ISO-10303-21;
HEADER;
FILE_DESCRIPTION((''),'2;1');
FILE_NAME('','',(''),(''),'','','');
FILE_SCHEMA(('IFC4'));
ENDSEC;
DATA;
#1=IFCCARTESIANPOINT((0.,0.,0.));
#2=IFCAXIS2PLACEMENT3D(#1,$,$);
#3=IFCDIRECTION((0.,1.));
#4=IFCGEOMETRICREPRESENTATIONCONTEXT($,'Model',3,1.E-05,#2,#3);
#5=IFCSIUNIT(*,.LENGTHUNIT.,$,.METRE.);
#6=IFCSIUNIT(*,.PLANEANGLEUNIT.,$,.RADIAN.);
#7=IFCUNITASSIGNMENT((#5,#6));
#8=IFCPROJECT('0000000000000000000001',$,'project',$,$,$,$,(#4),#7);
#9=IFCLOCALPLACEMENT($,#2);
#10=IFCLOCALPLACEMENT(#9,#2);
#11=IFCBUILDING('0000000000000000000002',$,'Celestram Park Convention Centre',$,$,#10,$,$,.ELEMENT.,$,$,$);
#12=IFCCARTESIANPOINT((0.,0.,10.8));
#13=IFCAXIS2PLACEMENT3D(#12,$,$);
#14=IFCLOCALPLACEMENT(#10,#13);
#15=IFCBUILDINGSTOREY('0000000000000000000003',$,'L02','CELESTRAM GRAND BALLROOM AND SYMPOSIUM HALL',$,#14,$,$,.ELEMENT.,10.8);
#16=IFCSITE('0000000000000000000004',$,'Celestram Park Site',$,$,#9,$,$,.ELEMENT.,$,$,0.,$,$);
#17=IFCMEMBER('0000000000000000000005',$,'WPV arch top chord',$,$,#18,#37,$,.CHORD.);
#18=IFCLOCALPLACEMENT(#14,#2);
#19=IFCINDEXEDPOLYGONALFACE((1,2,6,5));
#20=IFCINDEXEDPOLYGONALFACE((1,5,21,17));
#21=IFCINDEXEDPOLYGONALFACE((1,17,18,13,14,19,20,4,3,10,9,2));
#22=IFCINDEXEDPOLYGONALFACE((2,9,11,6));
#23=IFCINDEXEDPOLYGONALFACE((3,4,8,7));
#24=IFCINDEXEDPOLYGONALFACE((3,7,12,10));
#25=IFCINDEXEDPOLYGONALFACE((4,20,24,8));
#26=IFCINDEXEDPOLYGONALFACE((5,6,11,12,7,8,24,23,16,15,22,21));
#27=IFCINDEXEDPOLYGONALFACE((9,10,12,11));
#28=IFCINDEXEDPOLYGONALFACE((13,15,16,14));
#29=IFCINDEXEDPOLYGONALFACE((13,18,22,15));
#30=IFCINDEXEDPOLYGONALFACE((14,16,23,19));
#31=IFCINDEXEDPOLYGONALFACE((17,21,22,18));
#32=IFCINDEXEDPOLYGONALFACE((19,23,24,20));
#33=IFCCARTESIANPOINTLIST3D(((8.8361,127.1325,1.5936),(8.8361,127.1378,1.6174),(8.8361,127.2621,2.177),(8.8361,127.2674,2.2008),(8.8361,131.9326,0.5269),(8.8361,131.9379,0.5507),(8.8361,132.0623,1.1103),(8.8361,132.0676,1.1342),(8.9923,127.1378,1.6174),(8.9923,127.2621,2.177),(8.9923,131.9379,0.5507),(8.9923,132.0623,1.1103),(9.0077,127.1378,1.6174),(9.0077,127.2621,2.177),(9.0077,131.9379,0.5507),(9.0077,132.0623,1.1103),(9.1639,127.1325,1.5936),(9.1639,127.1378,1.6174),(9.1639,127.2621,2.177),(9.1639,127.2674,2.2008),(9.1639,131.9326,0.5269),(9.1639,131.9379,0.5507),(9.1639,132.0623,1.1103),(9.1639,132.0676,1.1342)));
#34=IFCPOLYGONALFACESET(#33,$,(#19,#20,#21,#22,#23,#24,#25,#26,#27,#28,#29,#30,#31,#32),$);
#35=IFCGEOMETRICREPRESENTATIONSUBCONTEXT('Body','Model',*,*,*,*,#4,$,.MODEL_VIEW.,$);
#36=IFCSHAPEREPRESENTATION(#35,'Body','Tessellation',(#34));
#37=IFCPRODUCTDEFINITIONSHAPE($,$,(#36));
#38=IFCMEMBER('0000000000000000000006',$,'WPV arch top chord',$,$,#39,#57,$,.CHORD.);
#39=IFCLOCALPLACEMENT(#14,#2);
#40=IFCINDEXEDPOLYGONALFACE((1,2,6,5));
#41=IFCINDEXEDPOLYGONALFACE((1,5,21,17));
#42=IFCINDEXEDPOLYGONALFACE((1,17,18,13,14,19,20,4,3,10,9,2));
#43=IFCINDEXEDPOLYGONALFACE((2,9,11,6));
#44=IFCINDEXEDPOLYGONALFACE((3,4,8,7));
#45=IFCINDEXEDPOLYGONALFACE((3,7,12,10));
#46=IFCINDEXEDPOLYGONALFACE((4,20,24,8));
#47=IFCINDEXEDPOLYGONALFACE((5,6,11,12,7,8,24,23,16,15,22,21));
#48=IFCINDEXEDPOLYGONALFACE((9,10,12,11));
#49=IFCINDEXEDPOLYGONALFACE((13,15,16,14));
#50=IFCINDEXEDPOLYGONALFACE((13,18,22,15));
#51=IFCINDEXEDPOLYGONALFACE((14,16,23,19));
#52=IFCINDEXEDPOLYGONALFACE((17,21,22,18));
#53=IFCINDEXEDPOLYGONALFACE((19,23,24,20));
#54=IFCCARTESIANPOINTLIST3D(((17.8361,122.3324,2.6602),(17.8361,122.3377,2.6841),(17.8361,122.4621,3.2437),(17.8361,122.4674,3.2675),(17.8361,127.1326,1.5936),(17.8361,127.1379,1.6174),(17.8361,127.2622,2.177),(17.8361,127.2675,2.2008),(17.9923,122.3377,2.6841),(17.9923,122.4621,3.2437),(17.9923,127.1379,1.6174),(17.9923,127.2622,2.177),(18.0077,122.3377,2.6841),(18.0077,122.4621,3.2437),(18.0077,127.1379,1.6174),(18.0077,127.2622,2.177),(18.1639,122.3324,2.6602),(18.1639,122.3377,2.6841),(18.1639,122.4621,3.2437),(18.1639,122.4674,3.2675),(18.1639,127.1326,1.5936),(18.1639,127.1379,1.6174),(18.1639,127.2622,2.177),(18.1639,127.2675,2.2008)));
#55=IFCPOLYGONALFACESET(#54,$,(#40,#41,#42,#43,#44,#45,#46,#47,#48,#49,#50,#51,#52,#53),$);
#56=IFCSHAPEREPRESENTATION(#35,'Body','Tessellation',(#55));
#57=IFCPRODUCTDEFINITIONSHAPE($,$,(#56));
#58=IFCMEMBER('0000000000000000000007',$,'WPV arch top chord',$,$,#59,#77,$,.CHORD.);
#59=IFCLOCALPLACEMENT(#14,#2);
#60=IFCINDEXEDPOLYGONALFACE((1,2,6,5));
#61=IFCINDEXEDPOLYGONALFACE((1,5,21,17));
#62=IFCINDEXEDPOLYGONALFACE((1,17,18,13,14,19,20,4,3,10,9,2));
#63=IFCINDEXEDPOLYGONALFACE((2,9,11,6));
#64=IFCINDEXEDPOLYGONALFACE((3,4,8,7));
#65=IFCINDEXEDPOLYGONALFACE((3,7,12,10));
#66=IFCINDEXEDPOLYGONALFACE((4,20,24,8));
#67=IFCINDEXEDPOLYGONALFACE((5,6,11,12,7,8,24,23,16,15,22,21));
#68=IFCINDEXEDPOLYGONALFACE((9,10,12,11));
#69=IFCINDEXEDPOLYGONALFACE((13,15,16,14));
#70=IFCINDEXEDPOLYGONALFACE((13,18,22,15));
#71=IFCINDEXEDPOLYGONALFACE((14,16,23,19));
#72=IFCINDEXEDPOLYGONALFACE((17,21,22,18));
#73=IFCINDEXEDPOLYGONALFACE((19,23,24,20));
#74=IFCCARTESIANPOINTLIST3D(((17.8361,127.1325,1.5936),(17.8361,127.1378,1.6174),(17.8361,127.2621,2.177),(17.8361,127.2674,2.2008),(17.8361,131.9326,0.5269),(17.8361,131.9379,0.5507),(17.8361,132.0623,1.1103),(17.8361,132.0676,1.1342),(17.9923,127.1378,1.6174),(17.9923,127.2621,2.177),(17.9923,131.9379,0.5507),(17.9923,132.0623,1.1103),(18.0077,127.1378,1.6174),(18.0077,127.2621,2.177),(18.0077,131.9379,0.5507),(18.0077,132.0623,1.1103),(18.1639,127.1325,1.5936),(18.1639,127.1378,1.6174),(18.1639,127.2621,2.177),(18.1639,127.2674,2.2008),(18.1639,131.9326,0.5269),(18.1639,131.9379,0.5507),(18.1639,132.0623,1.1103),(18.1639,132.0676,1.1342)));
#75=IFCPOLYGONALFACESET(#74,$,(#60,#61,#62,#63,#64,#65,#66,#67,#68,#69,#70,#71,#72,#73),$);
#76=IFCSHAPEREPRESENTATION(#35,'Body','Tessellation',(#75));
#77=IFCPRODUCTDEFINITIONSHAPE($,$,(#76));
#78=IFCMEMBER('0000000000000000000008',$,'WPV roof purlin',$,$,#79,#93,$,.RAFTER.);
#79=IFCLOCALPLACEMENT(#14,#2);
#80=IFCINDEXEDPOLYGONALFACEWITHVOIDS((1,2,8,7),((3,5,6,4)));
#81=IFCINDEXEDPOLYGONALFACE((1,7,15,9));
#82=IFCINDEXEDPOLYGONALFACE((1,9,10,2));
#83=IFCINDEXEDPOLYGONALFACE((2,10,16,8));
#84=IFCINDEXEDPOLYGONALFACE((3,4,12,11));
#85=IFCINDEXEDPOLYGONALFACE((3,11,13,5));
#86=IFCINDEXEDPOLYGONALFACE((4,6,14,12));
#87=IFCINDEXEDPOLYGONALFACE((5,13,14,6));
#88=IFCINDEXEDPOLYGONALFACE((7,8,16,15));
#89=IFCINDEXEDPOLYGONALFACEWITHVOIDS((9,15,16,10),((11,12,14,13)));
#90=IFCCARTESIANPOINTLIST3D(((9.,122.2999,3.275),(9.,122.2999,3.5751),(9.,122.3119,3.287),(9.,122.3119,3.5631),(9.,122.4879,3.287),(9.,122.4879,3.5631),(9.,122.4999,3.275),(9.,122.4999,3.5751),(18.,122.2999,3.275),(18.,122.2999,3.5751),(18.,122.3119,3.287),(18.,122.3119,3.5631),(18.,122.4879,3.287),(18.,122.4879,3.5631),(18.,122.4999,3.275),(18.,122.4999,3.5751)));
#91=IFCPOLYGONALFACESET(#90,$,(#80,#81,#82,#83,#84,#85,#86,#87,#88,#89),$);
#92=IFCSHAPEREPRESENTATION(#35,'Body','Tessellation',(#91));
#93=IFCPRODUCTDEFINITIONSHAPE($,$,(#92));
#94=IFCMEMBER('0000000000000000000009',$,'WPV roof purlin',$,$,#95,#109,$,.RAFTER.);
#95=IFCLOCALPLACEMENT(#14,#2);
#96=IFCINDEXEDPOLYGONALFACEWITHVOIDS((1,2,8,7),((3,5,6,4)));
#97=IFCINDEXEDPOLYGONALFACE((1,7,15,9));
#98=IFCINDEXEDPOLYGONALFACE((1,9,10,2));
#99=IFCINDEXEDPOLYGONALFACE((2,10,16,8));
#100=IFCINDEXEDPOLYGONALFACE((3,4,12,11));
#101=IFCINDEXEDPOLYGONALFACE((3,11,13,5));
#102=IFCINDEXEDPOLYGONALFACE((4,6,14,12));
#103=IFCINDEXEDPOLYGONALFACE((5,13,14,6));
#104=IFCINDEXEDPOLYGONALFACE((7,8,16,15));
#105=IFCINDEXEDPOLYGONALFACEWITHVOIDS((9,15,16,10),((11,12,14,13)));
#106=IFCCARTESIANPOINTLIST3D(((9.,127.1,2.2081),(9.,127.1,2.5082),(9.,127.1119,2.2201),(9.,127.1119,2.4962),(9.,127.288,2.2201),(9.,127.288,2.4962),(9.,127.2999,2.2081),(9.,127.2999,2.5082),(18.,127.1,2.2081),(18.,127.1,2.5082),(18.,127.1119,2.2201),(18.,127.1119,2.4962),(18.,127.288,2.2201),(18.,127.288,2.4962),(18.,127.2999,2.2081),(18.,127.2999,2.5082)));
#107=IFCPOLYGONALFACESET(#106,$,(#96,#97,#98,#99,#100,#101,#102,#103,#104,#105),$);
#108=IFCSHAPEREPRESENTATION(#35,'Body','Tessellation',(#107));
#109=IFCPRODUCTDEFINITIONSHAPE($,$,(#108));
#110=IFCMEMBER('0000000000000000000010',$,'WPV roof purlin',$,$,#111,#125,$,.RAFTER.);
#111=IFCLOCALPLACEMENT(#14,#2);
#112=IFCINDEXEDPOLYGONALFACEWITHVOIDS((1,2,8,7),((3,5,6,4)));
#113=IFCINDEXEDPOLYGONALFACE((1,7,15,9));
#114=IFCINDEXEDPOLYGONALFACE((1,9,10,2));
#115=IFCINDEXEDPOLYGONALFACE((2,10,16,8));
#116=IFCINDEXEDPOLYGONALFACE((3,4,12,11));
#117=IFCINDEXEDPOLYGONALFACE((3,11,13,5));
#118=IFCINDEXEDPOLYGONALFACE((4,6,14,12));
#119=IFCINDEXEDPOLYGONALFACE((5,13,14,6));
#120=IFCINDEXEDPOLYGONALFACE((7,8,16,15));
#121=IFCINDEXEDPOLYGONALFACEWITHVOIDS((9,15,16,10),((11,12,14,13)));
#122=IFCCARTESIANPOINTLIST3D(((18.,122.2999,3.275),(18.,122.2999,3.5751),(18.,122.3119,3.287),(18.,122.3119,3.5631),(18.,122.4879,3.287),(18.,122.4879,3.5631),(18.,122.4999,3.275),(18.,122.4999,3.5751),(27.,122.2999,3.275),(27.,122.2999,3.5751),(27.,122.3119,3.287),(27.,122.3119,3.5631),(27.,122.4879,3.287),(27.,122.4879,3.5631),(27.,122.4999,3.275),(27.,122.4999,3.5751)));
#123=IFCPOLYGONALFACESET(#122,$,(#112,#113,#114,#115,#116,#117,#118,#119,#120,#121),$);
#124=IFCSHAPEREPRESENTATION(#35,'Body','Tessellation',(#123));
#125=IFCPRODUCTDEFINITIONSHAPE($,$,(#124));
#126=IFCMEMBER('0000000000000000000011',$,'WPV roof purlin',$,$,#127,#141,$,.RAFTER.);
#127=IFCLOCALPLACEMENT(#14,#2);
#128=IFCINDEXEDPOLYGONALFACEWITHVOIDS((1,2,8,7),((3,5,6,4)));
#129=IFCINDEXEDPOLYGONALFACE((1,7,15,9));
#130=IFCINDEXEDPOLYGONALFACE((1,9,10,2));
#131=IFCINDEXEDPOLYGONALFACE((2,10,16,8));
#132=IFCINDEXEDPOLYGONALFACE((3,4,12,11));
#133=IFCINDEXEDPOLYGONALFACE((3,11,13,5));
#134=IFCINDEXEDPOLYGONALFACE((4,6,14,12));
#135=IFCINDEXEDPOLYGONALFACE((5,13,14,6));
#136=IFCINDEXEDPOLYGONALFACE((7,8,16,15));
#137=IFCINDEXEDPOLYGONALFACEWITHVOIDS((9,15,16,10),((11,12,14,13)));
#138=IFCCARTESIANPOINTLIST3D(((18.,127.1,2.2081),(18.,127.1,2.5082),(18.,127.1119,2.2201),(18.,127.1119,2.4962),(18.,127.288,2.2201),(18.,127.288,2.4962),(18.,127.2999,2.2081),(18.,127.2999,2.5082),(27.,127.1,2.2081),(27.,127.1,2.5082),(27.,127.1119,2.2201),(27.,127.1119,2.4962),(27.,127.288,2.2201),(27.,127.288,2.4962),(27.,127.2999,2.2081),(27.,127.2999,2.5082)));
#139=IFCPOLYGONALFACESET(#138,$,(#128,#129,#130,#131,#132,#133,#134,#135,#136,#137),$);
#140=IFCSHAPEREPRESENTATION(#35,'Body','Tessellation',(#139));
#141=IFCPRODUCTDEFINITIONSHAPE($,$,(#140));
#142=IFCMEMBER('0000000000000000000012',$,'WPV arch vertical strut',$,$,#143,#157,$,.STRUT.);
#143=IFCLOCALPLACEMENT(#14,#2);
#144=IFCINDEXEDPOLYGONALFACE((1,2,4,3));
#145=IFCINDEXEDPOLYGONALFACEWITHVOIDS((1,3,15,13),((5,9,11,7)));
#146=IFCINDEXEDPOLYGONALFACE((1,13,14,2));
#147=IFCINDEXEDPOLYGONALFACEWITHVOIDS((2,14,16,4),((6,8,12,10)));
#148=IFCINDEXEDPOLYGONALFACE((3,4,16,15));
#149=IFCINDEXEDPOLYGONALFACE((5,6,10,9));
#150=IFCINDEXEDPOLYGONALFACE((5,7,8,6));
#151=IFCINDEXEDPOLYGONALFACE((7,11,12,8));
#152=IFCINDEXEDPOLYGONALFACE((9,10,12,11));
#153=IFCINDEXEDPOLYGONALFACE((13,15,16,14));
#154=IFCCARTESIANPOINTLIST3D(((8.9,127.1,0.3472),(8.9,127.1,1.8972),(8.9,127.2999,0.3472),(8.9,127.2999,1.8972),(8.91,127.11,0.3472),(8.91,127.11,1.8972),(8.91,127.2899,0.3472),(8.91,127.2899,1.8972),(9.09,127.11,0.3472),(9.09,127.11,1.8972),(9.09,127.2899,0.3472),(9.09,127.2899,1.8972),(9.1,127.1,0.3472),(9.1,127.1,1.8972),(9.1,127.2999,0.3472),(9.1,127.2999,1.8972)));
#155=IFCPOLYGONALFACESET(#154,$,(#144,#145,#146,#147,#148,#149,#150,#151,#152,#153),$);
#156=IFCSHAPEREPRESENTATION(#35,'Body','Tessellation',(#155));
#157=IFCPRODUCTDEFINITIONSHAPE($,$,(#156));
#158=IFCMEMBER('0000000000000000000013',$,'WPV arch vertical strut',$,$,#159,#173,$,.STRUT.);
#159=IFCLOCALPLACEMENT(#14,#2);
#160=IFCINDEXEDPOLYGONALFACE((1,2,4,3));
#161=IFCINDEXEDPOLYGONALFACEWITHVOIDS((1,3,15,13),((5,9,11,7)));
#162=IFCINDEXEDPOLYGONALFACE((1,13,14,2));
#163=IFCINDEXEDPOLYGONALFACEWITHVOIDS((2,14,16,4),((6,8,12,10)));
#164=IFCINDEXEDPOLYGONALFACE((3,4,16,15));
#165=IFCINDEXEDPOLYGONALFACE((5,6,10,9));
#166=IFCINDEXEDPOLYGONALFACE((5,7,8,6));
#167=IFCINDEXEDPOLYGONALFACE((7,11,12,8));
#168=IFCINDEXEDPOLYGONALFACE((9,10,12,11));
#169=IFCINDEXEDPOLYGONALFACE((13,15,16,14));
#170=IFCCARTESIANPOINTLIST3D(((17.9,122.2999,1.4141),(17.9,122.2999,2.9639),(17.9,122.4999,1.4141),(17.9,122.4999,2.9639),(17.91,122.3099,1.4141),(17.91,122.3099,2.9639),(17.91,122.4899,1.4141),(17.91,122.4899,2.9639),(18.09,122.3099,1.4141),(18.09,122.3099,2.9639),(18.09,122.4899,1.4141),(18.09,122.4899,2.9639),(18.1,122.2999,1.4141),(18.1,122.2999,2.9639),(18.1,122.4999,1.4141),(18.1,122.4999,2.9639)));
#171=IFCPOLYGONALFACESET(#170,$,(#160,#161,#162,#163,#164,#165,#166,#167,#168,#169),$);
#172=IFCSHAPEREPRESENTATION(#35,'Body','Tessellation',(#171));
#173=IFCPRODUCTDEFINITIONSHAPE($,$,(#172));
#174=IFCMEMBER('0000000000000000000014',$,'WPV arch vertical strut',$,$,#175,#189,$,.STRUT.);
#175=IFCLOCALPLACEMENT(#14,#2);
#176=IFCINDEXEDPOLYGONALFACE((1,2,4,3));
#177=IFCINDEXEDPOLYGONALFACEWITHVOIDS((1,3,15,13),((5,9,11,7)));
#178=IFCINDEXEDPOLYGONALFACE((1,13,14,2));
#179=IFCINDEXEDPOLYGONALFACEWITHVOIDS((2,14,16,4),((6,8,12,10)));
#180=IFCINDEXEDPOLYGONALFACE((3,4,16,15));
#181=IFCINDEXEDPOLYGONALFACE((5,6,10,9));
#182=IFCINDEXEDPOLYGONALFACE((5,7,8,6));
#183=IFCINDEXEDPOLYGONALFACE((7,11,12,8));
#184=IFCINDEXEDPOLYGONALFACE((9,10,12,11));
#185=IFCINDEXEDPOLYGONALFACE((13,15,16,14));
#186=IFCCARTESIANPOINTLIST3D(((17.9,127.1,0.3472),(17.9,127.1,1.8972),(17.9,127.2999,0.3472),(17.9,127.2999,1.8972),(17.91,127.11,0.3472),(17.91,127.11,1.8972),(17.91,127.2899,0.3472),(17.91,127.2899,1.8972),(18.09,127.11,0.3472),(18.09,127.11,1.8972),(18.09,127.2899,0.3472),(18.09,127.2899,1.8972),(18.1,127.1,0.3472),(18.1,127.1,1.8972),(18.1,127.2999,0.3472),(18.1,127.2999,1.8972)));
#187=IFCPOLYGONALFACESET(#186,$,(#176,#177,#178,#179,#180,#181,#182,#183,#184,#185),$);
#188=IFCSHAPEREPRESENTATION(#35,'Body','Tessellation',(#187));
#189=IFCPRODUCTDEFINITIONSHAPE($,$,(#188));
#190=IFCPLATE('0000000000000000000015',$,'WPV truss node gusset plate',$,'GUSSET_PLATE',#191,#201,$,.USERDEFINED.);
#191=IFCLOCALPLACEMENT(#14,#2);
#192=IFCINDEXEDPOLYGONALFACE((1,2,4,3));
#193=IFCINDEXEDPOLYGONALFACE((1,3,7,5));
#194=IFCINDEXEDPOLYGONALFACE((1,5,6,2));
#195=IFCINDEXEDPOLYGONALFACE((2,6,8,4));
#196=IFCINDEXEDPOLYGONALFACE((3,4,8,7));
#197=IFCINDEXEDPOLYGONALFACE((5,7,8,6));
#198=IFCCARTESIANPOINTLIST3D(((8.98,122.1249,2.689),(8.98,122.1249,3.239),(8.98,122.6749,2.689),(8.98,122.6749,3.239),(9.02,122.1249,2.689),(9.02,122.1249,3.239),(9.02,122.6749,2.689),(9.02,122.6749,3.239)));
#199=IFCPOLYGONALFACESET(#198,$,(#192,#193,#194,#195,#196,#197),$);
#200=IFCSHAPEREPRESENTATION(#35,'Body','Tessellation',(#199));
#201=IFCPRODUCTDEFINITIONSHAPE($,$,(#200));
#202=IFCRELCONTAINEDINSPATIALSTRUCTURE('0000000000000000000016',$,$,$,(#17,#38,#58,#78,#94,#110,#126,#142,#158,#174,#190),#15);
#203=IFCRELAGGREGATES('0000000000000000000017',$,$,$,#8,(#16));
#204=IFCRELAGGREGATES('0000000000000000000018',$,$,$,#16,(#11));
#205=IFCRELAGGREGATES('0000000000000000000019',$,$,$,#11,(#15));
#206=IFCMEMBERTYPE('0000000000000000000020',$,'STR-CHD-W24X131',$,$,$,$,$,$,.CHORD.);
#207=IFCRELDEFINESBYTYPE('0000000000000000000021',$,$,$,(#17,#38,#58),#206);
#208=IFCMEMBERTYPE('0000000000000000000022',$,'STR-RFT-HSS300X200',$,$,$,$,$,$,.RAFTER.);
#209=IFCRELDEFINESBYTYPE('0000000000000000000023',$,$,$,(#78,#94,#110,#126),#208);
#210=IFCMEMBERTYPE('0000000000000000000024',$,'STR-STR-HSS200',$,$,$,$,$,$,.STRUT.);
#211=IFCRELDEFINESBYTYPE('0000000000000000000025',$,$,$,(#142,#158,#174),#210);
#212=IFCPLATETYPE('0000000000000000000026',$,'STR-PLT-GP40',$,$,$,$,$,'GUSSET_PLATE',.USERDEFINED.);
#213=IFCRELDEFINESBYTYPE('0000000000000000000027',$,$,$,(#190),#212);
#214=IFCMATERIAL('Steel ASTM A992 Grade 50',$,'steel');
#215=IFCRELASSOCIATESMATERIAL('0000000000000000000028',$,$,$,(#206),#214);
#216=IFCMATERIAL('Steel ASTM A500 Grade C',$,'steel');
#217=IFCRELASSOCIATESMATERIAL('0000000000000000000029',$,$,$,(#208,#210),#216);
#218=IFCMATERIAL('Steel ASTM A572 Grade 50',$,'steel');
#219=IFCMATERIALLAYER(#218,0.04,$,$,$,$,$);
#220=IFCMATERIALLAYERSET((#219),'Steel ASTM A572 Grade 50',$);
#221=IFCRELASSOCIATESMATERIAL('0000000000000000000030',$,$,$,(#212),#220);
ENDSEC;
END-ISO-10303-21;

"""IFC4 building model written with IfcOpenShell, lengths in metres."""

from ifc_helpers import new_model, si_unit, direction, frame, origin, origin_2d, place, context, subcontext, project, spatial, rectangle, hollow_rectangle, i_section, extrude, material, layer, layer_set, material_profile, profile_set, type_object, element, save


model = new_model("IFC4")

# Units and contexts
model_context = context("Model", 3, precision=1e-05, world=origin(), true_north=direction((0.0, 1.0)))
body_context = subcontext(model_context, "Body", "Model", "MODEL_VIEW")
ifc_project = project(units=[si_unit("LENGTHUNIT", "METRE"), si_unit("PLANEANGLEUNIT", "RADIAN")], contexts=[model_context])

# Site, building, storey
site_placement = place(None, origin())
site = spatial("IfcSite", under=ifc_project, at=site_placement, Name="Celestram Park Site", CompositionType="ELEMENT", RefElevation=0.0)
building_placement = place(site_placement, origin())
building = spatial("IfcBuilding", under=site, at=building_placement, Name="Celestram Park Convention Centre", CompositionType="ELEMENT")
storey_placement = place(building_placement, frame((0.0, 0.0, 10.8)))
storey = spatial("IfcBuildingStorey", under=building, at=storey_placement, Name="L02", Description="CELESTRAM GRAND BALLROOM AND SYMPOSIUM HALL", CompositionType="ELEMENT", Elevation=10.8)

# Members
ifc_material_1 = material(Name="Steel ASTM A500 Grade C", Category="steel")
ifc_material_2 = material(Name="Steel ASTM A992 Grade 50", Category="steel")
ifc_material_profile_1 = material_profile(ifc_material_2, i_section(OverallWidth=0.3279, OverallDepth=0.6221, WebThickness=0.0154, FlangeThickness=0.0244, at=origin_2d()), Name="W24X131")
ifc_profile_set_1 = profile_set([ifc_material_profile_1], Name="Steel ASTM A992 Grade 50")
member_type_1 = type_object("IfcMemberType", Name="STR-CHD-W24X131", PredefinedType="CHORD", material=ifc_profile_set_1)
for number, where, z_axis, x_axis, name in (
    (1, (9.0, 127.2, 1.8972), (0.0, 0.976188, -0.216925), (-1.0, 0.0, 0.0), "WPV arch top chord"),
    (2, (18.0, 122.3999, 2.9639), (0.0, 0.976188, -0.216925), (-1.0, 0.0, 0.0), "WPV arch top chord"),
    (3, (18.0, 127.2, 1.8972), (0.0, 0.976188, -0.216925), (-1.0, 0.0, 0.0), "WPV arch top chord"),
):
    element("IfcMember", number, at=place(storey_placement, frame(where, z_axis=z_axis, x_axis=x_axis)), inside=storey, type_object=member_type_1, Name=name, PredefinedType="CHORD", context=body_context, shape_type="SweptSolid", body=[
        extrude(i_section(OverallWidth=0.3279, OverallDepth=0.6221, WebThickness=0.0154, FlangeThickness=0.0244, at=origin_2d()), origin(), (0.0, 0.0, 1.0), 4.9172),
    ])
ifc_material_profile_2 = material_profile(ifc_material_1, hollow_rectangle(XDim=0.2, YDim=0.3, WallThickness=0.012, at=origin_2d()), Name="HSS300X200X12")
ifc_profile_set_2 = profile_set([ifc_material_profile_2], Name="Steel ASTM A500 Grade C")
member_type_2 = type_object("IfcMemberType", Name="STR-RFT-HSS300X200", PredefinedType="RAFTER", material=ifc_profile_set_2)
for number, where, z_axis, x_axis, name in (
    (4, (9.0, 122.3999, 3.425), (1.0, 0.0, 0.0), (0.0, 1.0, 0.0), "WPV roof purlin"),
    (5, (9.0, 127.2, 2.3582), (1.0, 0.0, 0.0), (0.0, 1.0, 0.0), "WPV roof purlin"),
    (6, (18.0, 122.3999, 3.425), (1.0, 0.0, 0.0), (0.0, 1.0, 0.0), "WPV roof purlin"),
    (7, (18.0, 127.2, 2.3582), (1.0, 0.0, 0.0), (0.0, 1.0, 0.0), "WPV roof purlin"),
):
    element("IfcMember", number, at=place(storey_placement, frame(where, z_axis=z_axis, x_axis=x_axis)), inside=storey, type_object=member_type_2, Name=name, PredefinedType="RAFTER", context=body_context, shape_type="SweptSolid", body=[
        extrude(hollow_rectangle(XDim=0.2, YDim=0.3, WallThickness=0.012, at=origin_2d()), origin(), (0.0, 0.0, 1.0), 9.0),
    ])
ifc_material_profile_3 = material_profile(ifc_material_1, hollow_rectangle(XDim=0.2, YDim=0.2, WallThickness=0.01, at=origin_2d()), Name="HSS200X200X10")
ifc_profile_set_3 = profile_set([ifc_material_profile_3], Name="Steel ASTM A500 Grade C")
member_type_3 = type_object("IfcMemberType", Name="STR-STR-HSS200", PredefinedType="STRUT", material=ifc_profile_set_3)
member_1_placement = place(storey_placement, frame((9.0, 127.2, 0.3472), z_axis=(0.0, 0.0, 1.0), x_axis=(1.0, 0.0, 0.0)))
element("IfcMember", 8, at=member_1_placement, inside=storey, type_object=member_type_3, Name="WPV arch vertical strut", PredefinedType="STRUT", context=body_context, shape_type="SweptSolid", body=[
    extrude(hollow_rectangle(XDim=0.2, YDim=0.2, WallThickness=0.01, at=origin_2d()), origin(), (0.0, 0.0, 1.0), 1.55),
])
member_2_placement = place(storey_placement, frame((18.0, 122.3999, 1.4141), z_axis=(0.0, 0.0, 1.0), x_axis=(1.0, 0.0, 0.0)))
element("IfcMember", 9, at=member_2_placement, inside=storey, type_object=member_type_3, Name="WPV arch vertical strut", PredefinedType="STRUT", context=body_context, shape_type="SweptSolid", body=[
    extrude(hollow_rectangle(XDim=0.2, YDim=0.2, WallThickness=0.01, at=origin_2d()), origin(), (0.0, 0.0, 1.0), 1.5498),
])
member_3_placement = place(storey_placement, frame((18.0, 127.2, 0.3472), z_axis=(0.0, 0.0, 1.0), x_axis=(1.0, 0.0, 0.0)))
element("IfcMember", 10, at=member_3_placement, inside=storey, type_object=member_type_3, Name="WPV arch vertical strut", PredefinedType="STRUT", context=body_context, shape_type="SweptSolid", body=[
    extrude(hollow_rectangle(XDim=0.2, YDim=0.2, WallThickness=0.01, at=origin_2d()), origin(), (0.0, 0.0, 1.0), 1.55),
])

# Plate
ifc_material_3 = material(Name="Steel ASTM A572 Grade 50", Category="steel")
ifc_layer_1 = layer(ifc_material_3, 0.04)
ifc_layer_set_1 = layer_set([ifc_layer_1], Name="Steel ASTM A572 Grade 50")
plate_type = type_object("IfcPlateType", Name="STR-PLT-GP40", ElementType="GUSSET_PLATE", PredefinedType="USERDEFINED", material=ifc_layer_set_1)
for number, where, z_axis, x_axis, name in (
    (11, (9.0, 122.3999, 2.689), (0.0, 0.0, 1.0), (0.0, 1.0, 0.0), "WPV truss node gusset plate"),
):
    element("IfcPlate", number, at=place(storey_placement, frame(where, z_axis=z_axis, x_axis=x_axis)), inside=storey, type_object=plate_type, Name=name, ObjectType="GUSSET_PLATE", PredefinedType="USERDEFINED", context=body_context, shape_type="SweptSolid", body=[
        extrude(rectangle(XDim=0.55, YDim=0.04, at=origin_2d()), origin(), (0.0, 0.0, 1.0), 0.55),
    ])

save(model, "model.ifc")
